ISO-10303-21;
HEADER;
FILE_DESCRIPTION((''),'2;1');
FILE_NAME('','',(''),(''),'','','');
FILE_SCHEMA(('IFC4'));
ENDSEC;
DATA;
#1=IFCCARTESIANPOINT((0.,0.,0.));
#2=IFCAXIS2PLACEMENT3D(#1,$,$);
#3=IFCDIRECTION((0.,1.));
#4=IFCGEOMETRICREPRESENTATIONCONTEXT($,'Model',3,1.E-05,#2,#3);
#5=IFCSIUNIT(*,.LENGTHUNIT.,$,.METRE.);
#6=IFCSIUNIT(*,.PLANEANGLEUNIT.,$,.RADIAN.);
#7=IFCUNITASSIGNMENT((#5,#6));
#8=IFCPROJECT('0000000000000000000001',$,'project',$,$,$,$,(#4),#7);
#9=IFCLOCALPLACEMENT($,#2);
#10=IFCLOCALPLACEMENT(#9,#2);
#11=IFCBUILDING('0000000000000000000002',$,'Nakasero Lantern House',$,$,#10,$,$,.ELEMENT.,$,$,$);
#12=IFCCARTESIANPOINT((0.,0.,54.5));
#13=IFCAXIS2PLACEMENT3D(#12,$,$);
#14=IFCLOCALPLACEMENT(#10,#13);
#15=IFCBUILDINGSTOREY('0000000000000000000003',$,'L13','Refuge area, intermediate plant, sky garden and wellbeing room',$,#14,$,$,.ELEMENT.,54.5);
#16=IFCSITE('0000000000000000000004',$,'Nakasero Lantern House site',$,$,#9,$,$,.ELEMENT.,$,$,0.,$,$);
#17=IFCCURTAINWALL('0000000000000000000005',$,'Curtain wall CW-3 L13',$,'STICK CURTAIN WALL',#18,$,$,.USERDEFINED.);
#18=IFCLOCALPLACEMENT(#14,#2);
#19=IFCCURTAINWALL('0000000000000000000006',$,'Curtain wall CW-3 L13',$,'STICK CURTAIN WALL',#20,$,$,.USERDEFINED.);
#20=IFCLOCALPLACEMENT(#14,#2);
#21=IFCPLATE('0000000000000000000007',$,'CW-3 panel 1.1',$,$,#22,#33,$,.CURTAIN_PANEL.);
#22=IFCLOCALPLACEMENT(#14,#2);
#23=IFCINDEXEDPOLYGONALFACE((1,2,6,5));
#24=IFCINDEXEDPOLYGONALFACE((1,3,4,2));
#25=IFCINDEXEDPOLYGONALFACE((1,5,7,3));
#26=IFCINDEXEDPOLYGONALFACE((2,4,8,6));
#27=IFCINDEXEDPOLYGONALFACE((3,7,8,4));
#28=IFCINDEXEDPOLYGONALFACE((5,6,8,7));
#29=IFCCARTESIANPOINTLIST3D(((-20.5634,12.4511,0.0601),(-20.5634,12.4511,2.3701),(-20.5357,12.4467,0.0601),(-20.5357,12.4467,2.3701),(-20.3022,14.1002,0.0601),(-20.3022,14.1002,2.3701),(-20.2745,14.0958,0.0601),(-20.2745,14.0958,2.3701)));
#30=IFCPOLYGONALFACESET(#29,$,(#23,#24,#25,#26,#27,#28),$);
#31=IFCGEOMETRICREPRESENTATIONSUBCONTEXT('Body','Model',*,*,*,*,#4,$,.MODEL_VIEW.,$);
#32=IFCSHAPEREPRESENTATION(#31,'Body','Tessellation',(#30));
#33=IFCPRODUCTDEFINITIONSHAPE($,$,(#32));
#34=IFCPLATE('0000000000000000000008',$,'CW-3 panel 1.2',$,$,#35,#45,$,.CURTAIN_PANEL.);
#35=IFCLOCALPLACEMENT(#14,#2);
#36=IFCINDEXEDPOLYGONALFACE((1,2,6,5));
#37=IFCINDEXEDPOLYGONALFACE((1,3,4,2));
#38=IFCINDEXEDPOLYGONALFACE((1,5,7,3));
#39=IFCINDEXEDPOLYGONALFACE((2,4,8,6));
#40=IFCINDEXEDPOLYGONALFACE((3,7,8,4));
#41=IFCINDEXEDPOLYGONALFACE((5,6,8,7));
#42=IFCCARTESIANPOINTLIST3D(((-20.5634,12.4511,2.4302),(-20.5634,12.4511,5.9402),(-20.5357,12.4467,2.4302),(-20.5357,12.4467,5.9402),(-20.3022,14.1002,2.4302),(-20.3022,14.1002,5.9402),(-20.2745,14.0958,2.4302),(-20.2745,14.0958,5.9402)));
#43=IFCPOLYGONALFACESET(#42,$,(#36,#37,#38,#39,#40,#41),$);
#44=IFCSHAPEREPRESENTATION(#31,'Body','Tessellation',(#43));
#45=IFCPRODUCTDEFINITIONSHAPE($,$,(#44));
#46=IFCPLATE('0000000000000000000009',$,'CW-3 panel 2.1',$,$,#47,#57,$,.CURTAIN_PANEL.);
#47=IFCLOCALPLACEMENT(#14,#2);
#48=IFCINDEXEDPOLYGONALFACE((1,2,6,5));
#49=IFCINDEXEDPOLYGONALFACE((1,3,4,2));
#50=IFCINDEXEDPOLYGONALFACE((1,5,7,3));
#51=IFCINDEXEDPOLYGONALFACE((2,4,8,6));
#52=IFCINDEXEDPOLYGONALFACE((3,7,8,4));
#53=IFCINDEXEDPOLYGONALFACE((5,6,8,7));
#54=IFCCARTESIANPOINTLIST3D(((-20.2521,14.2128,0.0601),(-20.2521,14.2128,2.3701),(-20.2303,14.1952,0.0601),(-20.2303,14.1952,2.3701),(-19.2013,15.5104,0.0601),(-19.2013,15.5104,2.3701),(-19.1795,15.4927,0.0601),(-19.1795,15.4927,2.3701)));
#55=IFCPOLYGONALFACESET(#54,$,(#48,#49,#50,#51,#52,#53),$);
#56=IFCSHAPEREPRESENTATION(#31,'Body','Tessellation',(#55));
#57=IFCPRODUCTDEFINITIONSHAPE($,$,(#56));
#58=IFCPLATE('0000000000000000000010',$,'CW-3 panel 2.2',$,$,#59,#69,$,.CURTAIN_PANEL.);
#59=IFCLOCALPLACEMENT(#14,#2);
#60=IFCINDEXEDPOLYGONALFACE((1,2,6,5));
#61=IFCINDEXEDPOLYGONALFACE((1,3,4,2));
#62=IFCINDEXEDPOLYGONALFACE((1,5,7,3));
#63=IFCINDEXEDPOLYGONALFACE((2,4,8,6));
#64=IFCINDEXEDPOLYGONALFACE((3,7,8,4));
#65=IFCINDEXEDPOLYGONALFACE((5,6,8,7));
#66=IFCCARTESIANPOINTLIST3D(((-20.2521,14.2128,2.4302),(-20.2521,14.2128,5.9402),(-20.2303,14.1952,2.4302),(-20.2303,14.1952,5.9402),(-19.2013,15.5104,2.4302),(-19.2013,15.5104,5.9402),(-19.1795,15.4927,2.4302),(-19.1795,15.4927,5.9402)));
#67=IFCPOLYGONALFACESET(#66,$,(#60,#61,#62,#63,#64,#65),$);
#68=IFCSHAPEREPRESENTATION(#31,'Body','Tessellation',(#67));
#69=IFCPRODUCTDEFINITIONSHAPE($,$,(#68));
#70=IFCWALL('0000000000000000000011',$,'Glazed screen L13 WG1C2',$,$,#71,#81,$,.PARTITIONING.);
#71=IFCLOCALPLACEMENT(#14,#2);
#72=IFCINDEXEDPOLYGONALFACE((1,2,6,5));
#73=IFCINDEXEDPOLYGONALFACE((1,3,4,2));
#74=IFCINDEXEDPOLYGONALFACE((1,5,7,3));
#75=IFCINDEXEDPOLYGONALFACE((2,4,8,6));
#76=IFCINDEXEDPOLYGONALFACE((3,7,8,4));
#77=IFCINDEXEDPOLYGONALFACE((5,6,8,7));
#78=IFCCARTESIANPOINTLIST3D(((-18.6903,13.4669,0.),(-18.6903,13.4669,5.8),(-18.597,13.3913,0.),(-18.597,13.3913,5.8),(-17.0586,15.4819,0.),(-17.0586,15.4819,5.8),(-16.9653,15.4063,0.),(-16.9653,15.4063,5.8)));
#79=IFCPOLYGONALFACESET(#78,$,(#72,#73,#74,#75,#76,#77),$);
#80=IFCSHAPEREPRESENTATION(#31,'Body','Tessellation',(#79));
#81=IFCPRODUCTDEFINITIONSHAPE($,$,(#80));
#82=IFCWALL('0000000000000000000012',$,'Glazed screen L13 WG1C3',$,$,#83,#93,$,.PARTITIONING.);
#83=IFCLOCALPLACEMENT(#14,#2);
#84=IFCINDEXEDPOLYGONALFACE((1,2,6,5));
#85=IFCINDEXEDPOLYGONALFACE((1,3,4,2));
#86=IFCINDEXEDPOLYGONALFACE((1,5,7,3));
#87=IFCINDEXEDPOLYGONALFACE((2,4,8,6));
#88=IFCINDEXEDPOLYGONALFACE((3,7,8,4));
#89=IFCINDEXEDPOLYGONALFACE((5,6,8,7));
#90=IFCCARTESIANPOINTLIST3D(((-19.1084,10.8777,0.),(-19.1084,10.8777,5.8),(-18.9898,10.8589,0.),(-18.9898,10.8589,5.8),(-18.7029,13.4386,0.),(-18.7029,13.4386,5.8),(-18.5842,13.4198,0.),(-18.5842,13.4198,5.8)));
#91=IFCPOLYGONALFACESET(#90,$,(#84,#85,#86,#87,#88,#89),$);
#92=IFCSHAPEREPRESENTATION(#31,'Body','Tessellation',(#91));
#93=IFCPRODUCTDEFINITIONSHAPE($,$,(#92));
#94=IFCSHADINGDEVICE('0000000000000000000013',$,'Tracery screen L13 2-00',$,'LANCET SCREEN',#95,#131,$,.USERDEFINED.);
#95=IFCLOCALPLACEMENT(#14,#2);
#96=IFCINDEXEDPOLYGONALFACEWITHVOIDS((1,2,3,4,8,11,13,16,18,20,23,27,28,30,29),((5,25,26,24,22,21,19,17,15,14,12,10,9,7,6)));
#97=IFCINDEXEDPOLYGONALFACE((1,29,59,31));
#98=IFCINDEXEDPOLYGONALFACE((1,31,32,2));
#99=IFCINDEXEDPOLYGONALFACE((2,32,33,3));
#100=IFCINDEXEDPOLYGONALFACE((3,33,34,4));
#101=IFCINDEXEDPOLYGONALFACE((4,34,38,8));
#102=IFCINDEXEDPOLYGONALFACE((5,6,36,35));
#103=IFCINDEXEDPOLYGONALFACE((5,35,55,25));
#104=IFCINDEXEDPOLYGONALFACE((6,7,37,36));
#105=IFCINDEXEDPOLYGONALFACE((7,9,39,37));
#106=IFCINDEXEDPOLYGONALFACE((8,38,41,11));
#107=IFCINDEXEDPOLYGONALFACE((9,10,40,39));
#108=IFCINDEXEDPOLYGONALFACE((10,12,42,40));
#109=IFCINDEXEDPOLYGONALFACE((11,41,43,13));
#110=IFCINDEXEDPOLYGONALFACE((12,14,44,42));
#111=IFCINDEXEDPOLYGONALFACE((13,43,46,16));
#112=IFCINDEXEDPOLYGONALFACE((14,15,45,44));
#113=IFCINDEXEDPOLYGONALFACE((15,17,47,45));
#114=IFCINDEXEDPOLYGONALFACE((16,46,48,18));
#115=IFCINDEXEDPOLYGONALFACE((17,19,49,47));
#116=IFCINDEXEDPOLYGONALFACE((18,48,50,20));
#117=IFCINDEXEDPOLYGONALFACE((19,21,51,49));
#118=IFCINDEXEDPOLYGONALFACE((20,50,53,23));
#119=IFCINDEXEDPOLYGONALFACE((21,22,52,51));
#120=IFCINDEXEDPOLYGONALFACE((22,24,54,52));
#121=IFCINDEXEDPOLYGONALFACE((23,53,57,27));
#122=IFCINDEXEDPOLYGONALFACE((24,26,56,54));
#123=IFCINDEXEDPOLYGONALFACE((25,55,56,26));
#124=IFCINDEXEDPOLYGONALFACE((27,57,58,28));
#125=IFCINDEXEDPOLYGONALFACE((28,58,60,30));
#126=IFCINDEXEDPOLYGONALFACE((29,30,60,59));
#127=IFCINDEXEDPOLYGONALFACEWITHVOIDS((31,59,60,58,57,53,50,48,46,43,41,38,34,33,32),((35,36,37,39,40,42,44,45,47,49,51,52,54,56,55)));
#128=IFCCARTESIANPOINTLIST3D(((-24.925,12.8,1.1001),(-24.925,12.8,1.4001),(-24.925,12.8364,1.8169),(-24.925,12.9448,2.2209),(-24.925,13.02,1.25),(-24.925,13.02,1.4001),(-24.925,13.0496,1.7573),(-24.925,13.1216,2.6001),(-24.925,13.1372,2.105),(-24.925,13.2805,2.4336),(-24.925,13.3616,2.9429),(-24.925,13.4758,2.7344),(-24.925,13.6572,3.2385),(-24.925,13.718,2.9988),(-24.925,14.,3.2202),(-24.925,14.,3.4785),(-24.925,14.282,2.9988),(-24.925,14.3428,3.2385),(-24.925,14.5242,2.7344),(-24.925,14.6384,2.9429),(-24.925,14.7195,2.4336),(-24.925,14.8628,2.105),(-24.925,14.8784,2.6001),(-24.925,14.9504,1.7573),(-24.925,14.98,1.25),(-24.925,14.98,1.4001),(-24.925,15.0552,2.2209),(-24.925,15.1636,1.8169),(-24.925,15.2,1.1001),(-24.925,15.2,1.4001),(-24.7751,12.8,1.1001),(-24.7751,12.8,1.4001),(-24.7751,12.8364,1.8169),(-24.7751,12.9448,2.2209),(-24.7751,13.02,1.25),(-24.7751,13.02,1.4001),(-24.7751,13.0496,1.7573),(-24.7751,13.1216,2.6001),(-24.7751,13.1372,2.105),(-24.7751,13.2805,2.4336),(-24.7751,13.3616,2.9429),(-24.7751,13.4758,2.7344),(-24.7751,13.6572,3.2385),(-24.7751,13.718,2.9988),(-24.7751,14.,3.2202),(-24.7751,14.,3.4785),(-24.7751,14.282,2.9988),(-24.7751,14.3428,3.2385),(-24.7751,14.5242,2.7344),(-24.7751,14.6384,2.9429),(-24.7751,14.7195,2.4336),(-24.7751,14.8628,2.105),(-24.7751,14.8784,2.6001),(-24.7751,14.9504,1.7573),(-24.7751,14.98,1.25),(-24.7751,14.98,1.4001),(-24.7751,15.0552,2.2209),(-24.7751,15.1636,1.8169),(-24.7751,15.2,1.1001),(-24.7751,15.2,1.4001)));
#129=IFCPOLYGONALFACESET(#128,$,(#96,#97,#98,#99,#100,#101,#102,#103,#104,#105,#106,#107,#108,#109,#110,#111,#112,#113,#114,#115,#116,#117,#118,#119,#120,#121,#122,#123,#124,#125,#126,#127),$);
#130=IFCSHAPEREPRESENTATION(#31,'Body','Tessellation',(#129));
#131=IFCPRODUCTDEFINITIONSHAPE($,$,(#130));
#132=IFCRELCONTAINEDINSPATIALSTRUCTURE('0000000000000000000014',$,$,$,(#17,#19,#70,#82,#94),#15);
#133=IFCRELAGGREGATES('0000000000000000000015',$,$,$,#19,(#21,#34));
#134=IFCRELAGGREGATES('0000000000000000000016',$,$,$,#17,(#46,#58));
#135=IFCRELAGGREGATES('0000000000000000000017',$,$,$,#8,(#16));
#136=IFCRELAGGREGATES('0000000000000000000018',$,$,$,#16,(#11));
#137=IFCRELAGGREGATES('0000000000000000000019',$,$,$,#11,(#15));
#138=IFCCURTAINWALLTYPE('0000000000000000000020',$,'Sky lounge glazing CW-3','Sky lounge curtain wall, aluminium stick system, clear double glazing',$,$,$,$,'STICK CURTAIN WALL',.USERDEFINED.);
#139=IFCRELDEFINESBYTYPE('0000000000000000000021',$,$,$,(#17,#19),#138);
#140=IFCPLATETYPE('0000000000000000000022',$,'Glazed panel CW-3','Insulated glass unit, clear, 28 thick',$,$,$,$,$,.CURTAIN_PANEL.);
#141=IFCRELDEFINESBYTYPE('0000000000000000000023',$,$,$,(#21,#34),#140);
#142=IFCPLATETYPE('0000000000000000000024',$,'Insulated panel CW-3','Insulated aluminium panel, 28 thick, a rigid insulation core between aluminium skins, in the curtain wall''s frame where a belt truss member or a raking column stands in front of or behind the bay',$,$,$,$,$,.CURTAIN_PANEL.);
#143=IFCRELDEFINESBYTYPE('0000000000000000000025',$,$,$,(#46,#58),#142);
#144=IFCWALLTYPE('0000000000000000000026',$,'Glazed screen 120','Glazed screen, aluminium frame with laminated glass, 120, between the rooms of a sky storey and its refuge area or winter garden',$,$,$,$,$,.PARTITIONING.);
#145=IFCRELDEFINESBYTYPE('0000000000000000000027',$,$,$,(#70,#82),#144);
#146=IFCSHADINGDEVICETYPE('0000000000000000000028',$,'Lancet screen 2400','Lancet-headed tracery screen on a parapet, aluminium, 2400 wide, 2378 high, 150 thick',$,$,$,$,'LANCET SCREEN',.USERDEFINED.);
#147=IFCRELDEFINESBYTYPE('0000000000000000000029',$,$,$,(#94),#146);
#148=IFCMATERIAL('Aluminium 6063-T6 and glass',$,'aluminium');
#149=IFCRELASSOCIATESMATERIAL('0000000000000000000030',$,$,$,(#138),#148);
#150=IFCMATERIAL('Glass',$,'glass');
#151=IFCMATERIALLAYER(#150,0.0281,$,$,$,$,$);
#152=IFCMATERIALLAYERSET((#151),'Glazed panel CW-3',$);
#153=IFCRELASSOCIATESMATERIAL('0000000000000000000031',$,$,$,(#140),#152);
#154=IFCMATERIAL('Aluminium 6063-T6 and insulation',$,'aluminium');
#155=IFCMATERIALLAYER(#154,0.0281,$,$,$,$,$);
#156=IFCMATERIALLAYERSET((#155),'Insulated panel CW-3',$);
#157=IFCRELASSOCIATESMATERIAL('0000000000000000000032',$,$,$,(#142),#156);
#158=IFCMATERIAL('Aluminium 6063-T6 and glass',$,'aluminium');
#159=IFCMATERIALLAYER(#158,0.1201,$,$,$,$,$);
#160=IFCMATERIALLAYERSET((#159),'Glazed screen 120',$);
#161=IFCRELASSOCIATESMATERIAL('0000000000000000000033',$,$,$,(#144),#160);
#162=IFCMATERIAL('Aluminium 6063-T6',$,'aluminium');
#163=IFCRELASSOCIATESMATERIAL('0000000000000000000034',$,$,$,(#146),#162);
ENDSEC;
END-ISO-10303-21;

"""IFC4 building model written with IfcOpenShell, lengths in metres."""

from ifc_helpers import new_model, si_unit, direction, frame, frame_2d, origin, origin_2d, place, context, subcontext, project, spatial, polyline, rectangle, outline, extrude, material, layer, layer_set, type_object, element, aggregate, save


model = new_model("IFC4")

# Units and contexts
model_context = context("Model", 3, precision=1e-05, world=origin(), true_north=direction((0.0, 1.0)))
body_context = subcontext(model_context, "Body", "Model", "MODEL_VIEW")
ifc_project = project(units=[si_unit("LENGTHUNIT", "METRE"), si_unit("PLANEANGLEUNIT", "RADIAN")], contexts=[model_context])

# Site, building, storey
site_placement = place(None, origin())
site = spatial("IfcSite", under=ifc_project, at=site_placement, Name="Nakasero Lantern House site", CompositionType="ELEMENT", RefElevation=0.0)
building_placement = place(site_placement, origin())
building = spatial("IfcBuilding", under=site, at=building_placement, Name="Nakasero Lantern House", CompositionType="ELEMENT")
storey_placement = place(building_placement, frame((0.0, 0.0, 54.5)))
storey = spatial("IfcBuildingStorey", under=building, at=storey_placement, Name="L13", Description="Refuge area, intermediate plant, sky garden and wellbeing room", CompositionType="ELEMENT", Elevation=54.5)

# Curtain walls
ifc_material_1 = material(Name="Aluminium 6063-T6 and glass", Category="aluminium")
curtain_wall_type = type_object("IfcCurtainWallType", Name="Sky lounge glazing CW-3", Description="Sky lounge curtain wall, aluminium stick system, clear double glazing", ElementType="STICK CURTAIN WALL", PredefinedType="USERDEFINED", material=ifc_material_1)
curtain_wall_1_placement = place(storey_placement, origin())
curtain_wall_1 = element("IfcCurtainWall", 1, at=curtain_wall_1_placement, inside=storey, type_object=curtain_wall_type, Name="Curtain wall CW-3 L13", ObjectType="STICK CURTAIN WALL", PredefinedType="USERDEFINED")
curtain_wall_2_placement = place(storey_placement, origin())
curtain_wall_2 = element("IfcCurtainWall", 2, at=curtain_wall_2_placement, inside=storey, type_object=curtain_wall_type, Name="Curtain wall CW-3 L13", ObjectType="STICK CURTAIN WALL", PredefinedType="USERDEFINED")

# Plates
ifc_material_2 = material(Name="Glass", Category="glass")
ifc_layer_1 = layer(ifc_material_2, 0.0281)
ifc_layer_set_1 = layer_set([ifc_layer_1], Name="Glazed panel CW-3")
plate_type_1 = type_object("IfcPlateType", Name="Glazed panel CW-3", Description="Insulated glass unit, clear, 28 thick", PredefinedType="CURTAIN_PANEL", material=ifc_layer_set_1)
plate_1_placement = place(storey_placement, frame((-20.4189, 13.2734, 0.0601), z_axis=(0.0, 0.0, 1.0), x_axis=(-0.156434, -0.987688, 0.0)))
plate_1 = element("IfcPlate", 3, at=plate_1_placement, type_object=plate_type_1, Name="CW-3 panel 1.1", PredefinedType="CURTAIN_PANEL", context=body_context, shape_type="SweptSolid", body=[
    extrude(rectangle(XDim=1.6697, YDim=0.0281, at=origin_2d()), origin(), (0.0, 0.0, 1.0), 2.3101),
])
plate_2_placement = place(storey_placement, frame((-20.4189, 13.2734, 2.4302), z_axis=(0.0, 0.0, 1.0), x_axis=(-0.156434, -0.987688, 0.0)))
plate_2 = element("IfcPlate", 4, at=plate_2_placement, type_object=plate_type_1, Name="CW-3 panel 1.2", PredefinedType="CURTAIN_PANEL", context=body_context, shape_type="SweptSolid", body=[
    extrude(rectangle(XDim=1.6697, YDim=0.0281, at=origin_2d()), origin(), (0.0, 0.0, 1.0), 3.51),
])
aggregate(curtain_wall_2, [plate_1, plate_2])
ifc_material_3 = material(Name="Aluminium 6063-T6 and insulation", Category="aluminium")
ifc_layer_2 = layer(ifc_material_3, 0.0281)
ifc_layer_set_2 = layer_set([ifc_layer_2], Name="Insulated panel CW-3")
plate_type_2 = type_object("IfcPlateType", Name="Insulated panel CW-3", Description="Insulated aluminium panel, 28 thick, a rigid insulation core between aluminium skins, in the curtain wall's frame where a belt truss member or a raking column stands in front of or behind the bay", PredefinedType="CURTAIN_PANEL", material=ifc_layer_set_2)
plate_3_placement = place(storey_placement, frame((-19.7158, 14.8528, 0.0601), z_axis=(0.0, 0.0, 1.0), x_axis=(-0.62932, -0.777146, 0.0)))
plate_3 = element("IfcPlate", 5, at=plate_3_placement, type_object=plate_type_2, Name="CW-3 panel 2.1", PredefinedType="CURTAIN_PANEL", context=body_context, shape_type="SweptSolid", body=[
    extrude(rectangle(XDim=1.6697, YDim=0.0281, at=origin_2d()), origin(), (0.0, 0.0, 1.0), 2.3101),
])
plate_4_placement = place(storey_placement, frame((-19.7158, 14.8528, 2.4302), z_axis=(0.0, 0.0, 1.0), x_axis=(-0.62932, -0.777146, 0.0)))
plate_4 = element("IfcPlate", 6, at=plate_4_placement, type_object=plate_type_2, Name="CW-3 panel 2.2", PredefinedType="CURTAIN_PANEL", context=body_context, shape_type="SweptSolid", body=[
    extrude(rectangle(XDim=1.6697, YDim=0.0281, at=origin_2d()), origin(), (0.0, 0.0, 1.0), 3.51),
])
aggregate(curtain_wall_1, [plate_3, plate_4])

# Walls
ifc_material_4 = material(Name="Aluminium 6063-T6 and glass", Category="aluminium")
ifc_layer_3 = layer(ifc_material_4, 0.1201)
ifc_layer_set_3 = layer_set([ifc_layer_3], Name="Glazed screen 120")
wall_type = type_object("IfcWallType", Name="Glazed screen 120", Description="Glazed screen, aluminium frame with laminated glass, 120, between the rooms of a sky storey and its refuge area or winter garden", PredefinedType="PARTITIONING", material=ifc_layer_set_3)
for number, where, z_axis, x_axis, name in (
    (7, (-17.012, 15.4441, 0.0), (0.0, 0.0, 1.0), (-0.629312, -0.777153, 0.0), "Glazed screen L13 WG1C2"),
    (8, (-18.6436, 13.4292, 0.0), (0.0, 0.0, 1.0), (-0.156407, -0.987693, 0.0), "Glazed screen L13 WG1C3"),
):
    element("IfcWall", number, at=place(storey_placement, frame(where, z_axis=z_axis, x_axis=x_axis)), inside=storey, type_object=wall_type, Name=name, PredefinedType="PARTITIONING", context=body_context, shape_type="SweptSolid", body=[
        extrude(rectangle(XDim=2.5928, YDim=0.1201, at=frame_2d((1.2964, 0.0))), origin(), (0.0, 0.0, 1.0), 5.8),
    ])

# Shading device
ifc_material_5 = material(Name="Aluminium 6063-T6", Category="aluminium")
shading_device_type = type_object("IfcShadingDeviceType", Name="Lancet screen 2400", Description="Lancet-headed tracery screen on a parapet, aluminium, 2400 wide, 2378 high, 150 thick", ElementType="LANCET SCREEN", PredefinedType="USERDEFINED", material=ifc_material_5)
shading_device_placement = place(storey_placement, frame((-24.8501, 14.0, 1.1001), z_axis=(0.0, 0.0, 1.0), x_axis=(0.0, -1.0, 0.0)))
element("IfcShadingDevice", 9, at=shading_device_placement, inside=storey, type_object=shading_device_type, Name="Tracery screen L13 2-00", ObjectType="LANCET SCREEN", PredefinedType="USERDEFINED", context=body_context, shape_type="SweptSolid", body=[
    extrude(outline(polyline([(-1.2, 0.0), (1.2, 0.0), (1.2, 0.3), (1.1636, 0.7168), (1.0552, 1.1208), (0.8784, 1.5), (0.6384, 1.8428), (0.3428, 2.1384), (0.0, 2.3784), (-0.3428, 2.1384), (-0.6384, 1.8428), (-0.8784, 1.5), (-1.0552, 1.1208), (-1.1636, 0.7168), (-1.2, 0.3), (-1.2, 0.0)]), holes=[polyline([(-0.98, 0.1499), (0.98, 0.1499), (0.98, 0.3), (0.9504, 0.6572), (0.8628, 1.0049), (0.7195, 1.3335), (0.5242, 1.6343), (0.282, 1.8987), (0.0, 2.1201), (-0.282, 1.8987), (-0.5242, 1.6343), (-0.7195, 1.3335), (-0.8628, 1.0049), (-0.9504, 0.6572), (-0.98, 0.3), (-0.98, 0.1499)])]), frame((0.0, 0.075, 0.0), z_axis=(0.0, -1.0, 0.0), x_axis=(1.0, 0.0, 0.0)), (0.0, 0.0, 1.0), 0.1499),
])

save(model, "model.ifc")
